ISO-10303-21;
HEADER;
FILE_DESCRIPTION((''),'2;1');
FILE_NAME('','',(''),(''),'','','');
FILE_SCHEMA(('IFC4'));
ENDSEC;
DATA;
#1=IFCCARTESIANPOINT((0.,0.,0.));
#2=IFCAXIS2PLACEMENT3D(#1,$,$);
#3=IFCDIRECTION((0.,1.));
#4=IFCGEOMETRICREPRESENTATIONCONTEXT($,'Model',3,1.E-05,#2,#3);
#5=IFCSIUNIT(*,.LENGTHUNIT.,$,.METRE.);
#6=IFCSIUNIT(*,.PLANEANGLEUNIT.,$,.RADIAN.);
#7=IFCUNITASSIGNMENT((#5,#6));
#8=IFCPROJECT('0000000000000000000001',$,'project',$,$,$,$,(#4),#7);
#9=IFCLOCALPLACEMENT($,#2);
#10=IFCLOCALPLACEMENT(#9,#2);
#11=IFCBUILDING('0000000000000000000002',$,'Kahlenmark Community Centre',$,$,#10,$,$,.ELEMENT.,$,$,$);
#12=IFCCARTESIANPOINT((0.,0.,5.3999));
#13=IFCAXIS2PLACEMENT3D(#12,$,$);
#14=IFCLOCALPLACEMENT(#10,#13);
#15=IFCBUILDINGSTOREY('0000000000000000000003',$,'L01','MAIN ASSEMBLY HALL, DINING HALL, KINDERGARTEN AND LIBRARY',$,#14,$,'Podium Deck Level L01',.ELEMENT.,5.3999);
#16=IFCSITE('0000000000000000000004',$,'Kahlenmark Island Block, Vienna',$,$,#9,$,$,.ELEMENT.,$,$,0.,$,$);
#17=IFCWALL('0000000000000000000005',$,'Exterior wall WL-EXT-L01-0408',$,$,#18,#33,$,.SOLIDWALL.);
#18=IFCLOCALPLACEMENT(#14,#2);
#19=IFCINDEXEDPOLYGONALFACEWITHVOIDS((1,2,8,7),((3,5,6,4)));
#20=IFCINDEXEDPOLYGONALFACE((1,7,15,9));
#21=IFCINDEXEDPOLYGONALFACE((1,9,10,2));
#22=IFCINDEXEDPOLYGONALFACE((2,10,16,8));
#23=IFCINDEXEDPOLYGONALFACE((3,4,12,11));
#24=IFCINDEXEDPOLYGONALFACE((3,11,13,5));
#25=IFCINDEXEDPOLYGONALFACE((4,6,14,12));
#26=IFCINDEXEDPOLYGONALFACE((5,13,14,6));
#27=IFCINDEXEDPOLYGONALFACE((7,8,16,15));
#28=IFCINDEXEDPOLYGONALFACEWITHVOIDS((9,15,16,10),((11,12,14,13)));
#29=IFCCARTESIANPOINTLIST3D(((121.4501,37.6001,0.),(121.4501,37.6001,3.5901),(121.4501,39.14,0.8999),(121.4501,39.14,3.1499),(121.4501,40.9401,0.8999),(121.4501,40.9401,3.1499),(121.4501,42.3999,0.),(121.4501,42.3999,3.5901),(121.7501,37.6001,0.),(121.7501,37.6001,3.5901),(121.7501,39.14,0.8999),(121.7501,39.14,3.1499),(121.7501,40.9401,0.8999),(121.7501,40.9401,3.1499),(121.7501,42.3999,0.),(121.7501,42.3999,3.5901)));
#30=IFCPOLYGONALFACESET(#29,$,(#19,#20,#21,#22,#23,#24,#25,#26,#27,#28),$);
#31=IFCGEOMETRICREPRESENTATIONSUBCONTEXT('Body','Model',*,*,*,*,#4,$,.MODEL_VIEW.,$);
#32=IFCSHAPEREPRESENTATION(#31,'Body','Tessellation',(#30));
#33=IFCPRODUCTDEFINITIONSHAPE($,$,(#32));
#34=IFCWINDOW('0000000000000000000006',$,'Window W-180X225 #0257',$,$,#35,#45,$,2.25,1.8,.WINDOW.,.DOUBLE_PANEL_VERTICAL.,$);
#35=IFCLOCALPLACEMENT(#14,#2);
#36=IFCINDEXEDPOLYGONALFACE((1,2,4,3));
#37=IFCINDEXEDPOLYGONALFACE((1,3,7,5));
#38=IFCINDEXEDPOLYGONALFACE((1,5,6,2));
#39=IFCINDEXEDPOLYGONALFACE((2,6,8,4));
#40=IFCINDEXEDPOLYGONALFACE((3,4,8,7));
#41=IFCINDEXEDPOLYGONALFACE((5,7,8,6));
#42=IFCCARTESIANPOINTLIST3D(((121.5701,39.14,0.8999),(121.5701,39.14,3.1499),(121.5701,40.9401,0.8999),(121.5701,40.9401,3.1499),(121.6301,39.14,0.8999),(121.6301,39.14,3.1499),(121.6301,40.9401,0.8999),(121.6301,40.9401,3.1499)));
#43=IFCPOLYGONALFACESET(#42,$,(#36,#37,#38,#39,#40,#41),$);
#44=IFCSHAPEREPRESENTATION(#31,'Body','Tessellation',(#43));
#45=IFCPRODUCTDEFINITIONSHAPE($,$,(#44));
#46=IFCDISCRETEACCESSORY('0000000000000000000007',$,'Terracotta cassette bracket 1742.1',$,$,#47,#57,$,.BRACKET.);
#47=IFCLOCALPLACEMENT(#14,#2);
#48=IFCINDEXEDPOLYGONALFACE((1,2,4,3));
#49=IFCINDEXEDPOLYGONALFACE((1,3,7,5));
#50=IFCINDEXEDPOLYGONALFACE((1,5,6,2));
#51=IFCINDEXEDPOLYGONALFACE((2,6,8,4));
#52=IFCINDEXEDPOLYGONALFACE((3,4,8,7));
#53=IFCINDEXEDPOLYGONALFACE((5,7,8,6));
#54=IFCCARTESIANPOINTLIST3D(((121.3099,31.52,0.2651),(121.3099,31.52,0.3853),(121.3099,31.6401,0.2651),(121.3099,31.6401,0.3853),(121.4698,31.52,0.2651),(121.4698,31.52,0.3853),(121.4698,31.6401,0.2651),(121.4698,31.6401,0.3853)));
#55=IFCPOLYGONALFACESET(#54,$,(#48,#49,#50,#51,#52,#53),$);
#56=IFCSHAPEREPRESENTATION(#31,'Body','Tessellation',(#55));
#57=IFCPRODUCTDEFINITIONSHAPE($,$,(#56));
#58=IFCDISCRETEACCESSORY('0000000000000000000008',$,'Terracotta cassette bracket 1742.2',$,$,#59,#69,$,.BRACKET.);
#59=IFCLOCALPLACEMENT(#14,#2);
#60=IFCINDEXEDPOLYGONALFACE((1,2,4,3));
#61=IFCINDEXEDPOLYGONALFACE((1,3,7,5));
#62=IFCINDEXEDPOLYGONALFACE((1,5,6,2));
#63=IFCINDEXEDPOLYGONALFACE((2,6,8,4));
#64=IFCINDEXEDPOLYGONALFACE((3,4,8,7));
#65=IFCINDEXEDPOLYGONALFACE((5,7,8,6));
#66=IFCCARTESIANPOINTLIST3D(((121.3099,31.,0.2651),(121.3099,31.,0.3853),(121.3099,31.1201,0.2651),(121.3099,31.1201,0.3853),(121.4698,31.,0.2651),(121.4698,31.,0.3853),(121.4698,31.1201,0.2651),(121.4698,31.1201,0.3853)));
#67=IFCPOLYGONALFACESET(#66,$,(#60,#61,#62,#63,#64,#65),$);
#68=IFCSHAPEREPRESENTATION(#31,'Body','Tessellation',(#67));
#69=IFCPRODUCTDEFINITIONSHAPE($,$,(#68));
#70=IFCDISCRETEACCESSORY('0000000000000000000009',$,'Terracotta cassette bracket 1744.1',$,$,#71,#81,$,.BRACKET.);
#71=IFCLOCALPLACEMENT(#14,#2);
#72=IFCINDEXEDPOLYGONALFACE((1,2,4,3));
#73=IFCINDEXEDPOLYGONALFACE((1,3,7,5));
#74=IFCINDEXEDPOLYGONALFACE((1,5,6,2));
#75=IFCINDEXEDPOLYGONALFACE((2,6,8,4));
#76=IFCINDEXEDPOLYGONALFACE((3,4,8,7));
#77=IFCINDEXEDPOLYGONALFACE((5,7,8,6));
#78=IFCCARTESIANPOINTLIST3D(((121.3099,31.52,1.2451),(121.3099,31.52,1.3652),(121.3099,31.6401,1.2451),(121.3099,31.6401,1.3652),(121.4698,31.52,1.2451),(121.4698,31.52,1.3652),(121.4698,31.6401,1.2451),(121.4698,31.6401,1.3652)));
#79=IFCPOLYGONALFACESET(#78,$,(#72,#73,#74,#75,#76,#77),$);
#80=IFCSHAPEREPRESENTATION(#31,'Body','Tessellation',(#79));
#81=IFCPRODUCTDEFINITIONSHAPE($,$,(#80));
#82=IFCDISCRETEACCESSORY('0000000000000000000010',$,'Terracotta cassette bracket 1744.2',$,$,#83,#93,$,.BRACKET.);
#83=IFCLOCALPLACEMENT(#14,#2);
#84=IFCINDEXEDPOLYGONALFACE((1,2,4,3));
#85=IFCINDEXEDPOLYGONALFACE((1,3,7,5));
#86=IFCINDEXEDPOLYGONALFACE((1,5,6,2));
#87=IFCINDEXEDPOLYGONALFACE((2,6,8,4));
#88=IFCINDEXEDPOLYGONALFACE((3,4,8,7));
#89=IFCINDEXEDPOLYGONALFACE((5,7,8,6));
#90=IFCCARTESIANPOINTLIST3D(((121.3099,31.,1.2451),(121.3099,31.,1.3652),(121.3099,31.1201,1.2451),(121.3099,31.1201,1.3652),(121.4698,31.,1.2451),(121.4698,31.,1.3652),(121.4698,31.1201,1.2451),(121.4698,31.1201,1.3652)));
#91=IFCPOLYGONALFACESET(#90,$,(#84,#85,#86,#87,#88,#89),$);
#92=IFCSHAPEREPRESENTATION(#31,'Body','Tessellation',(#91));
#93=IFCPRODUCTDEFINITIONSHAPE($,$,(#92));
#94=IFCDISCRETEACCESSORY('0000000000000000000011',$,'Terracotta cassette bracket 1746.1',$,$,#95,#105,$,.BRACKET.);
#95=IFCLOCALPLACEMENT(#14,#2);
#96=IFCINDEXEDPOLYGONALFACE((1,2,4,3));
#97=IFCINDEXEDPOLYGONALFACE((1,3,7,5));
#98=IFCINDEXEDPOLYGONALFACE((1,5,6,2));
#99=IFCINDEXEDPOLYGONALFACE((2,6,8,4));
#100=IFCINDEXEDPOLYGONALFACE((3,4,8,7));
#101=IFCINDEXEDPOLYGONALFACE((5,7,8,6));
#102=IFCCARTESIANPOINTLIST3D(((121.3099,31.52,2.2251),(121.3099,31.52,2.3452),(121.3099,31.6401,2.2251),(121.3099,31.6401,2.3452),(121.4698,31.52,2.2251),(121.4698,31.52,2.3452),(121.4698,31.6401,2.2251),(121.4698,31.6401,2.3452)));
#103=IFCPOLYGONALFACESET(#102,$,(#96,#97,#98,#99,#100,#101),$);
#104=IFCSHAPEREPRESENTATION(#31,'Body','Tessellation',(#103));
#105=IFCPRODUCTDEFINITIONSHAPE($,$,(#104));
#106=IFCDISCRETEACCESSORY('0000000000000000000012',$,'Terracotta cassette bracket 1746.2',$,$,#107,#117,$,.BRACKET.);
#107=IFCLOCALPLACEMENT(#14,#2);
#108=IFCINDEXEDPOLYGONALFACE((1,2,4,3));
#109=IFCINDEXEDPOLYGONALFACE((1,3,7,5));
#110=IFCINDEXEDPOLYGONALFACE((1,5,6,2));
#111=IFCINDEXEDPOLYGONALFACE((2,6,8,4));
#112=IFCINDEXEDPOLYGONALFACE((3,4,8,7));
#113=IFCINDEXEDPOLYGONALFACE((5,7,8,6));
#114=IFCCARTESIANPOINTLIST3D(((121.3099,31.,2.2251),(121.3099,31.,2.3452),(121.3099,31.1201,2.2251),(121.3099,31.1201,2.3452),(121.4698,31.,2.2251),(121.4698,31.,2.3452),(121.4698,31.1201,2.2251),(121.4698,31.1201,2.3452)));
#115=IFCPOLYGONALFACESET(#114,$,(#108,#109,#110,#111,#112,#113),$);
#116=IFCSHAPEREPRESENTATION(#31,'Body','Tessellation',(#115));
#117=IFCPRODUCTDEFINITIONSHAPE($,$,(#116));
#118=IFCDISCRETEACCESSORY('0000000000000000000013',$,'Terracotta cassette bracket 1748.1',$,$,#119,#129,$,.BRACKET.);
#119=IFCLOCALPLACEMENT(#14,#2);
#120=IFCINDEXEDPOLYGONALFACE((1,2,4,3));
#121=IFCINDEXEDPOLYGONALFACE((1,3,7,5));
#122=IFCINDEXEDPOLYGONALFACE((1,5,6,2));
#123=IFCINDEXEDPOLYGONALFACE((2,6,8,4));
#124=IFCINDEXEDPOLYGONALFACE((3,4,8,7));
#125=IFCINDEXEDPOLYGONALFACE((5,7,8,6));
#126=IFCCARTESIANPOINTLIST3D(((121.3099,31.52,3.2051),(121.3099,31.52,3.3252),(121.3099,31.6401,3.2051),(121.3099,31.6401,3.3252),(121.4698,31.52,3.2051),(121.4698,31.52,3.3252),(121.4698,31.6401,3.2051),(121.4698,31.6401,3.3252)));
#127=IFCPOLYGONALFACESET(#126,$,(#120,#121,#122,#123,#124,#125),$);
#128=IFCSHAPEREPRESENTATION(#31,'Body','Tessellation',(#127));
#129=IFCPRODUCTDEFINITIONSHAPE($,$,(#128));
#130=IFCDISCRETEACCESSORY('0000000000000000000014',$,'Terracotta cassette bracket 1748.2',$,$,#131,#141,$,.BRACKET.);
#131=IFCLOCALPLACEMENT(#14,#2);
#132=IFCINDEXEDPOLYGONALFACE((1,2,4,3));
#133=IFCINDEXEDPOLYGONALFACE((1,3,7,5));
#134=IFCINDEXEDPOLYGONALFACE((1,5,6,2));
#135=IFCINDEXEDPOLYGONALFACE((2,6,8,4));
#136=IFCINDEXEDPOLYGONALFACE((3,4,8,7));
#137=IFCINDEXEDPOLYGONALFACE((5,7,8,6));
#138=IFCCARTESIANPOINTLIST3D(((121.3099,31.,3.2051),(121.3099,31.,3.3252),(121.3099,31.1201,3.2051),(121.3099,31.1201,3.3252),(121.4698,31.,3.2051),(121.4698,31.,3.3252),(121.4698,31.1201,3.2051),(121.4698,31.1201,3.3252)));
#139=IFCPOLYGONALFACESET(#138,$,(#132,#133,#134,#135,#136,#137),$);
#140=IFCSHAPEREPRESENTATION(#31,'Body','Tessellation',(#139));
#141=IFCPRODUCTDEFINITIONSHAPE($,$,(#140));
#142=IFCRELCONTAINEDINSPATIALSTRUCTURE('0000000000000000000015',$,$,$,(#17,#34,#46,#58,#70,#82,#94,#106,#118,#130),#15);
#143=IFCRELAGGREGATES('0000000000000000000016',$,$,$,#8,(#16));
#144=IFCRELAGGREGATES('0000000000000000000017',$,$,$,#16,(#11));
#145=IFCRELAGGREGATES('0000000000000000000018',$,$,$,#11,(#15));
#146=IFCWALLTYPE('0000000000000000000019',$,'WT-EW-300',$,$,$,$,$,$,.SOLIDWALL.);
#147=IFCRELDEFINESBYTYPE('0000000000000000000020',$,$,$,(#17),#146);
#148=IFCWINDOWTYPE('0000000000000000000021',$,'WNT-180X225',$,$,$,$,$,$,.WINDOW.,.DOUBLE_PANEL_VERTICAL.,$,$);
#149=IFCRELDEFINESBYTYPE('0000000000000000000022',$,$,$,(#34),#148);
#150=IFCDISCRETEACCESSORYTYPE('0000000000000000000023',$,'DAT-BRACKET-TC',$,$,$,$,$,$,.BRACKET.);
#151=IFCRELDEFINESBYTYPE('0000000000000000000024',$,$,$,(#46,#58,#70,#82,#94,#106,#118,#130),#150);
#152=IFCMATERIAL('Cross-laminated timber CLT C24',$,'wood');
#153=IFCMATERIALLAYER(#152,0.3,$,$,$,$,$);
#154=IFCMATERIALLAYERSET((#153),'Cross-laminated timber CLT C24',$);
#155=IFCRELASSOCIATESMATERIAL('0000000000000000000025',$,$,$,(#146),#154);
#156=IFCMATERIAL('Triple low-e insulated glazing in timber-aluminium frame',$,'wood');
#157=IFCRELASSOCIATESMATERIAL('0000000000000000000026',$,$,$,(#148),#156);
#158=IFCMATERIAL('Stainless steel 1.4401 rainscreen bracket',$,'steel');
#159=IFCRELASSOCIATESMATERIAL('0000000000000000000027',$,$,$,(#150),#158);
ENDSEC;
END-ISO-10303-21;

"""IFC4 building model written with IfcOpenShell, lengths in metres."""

from ifc_helpers import new_model, si_unit, direction, frame, frame_2d, origin, origin_2d, place, context, subcontext, project, spatial, rectangle, extrude, material, layer, layer_set, type_object, element, fill, save


model = new_model("IFC4")

# Units and contexts
model_context = context("Model", 3, precision=1e-05, world=origin(), true_north=direction((0.0, 1.0)))
body_context = subcontext(model_context, "Body", "Model", "MODEL_VIEW")
ifc_project = project(units=[si_unit("LENGTHUNIT", "METRE"), si_unit("PLANEANGLEUNIT", "RADIAN")], contexts=[model_context])

# Site, building, storey
site_placement = place(None, origin())
site = spatial("IfcSite", under=ifc_project, at=site_placement, Name="Kahlenmark Island Block, Vienna", CompositionType="ELEMENT", RefElevation=0.0)
building_placement = place(site_placement, origin())
building = spatial("IfcBuilding", under=site, at=building_placement, Name="Kahlenmark Community Centre", CompositionType="ELEMENT")
storey_placement = place(building_placement, frame((0.0, 0.0, 5.3999)))
storey = spatial("IfcBuildingStorey", under=building, at=storey_placement, Name="L01", Description="MAIN ASSEMBLY HALL, DINING HALL, KINDERGARTEN AND LIBRARY", LongName="Podium Deck Level L01", CompositionType="ELEMENT", Elevation=5.3999)

# Shared definitions
ifc_material_1 = material(Name="Cross-laminated timber CLT C24", Category="wood")
ifc_layer_1 = layer(ifc_material_1, 0.3)
ifc_layer_set_1 = layer_set([ifc_layer_1], Name="Cross-laminated timber CLT C24")
wall_type = type_object("IfcWallType", Name="WT-EW-300", PredefinedType="SOLIDWALL", material=ifc_layer_set_1)
ifc_material_2 = material(Name="Triple low-e insulated glazing in timber-aluminium frame", Category="wood")
window_type = type_object("IfcWindowType", Name="WNT-180X225", PartitioningType="DOUBLE_PANEL_VERTICAL", PredefinedType="WINDOW", material=ifc_material_2)

# Wall, opening, window
wall_1_placement = place(storey_placement, frame((121.6001, 42.3999, 0.0), z_axis=(0.0, 0.0, 1.0), x_axis=(0.0, -1.0, 0.0)))
wall_1 = element("IfcWall", 1, at=wall_1_placement, inside=storey, type_object=wall_type, Name="Exterior wall WL-EXT-L01-0408", PredefinedType="SOLIDWALL", context=body_context, shape_type="SweptSolid", body=[
    extrude(rectangle(XDim=4.7998, YDim=0.3, at=frame_2d((2.3999, 0.0))), origin(), (0.0, 0.0, 1.0), 3.5901),
])
opening_1_placement = place(wall_1_placement, frame((1.46, 0.0, 0.8999)))
opening_1 = element("IfcOpeningElement", 2, at=opening_1_placement, cuts=wall_1, PredefinedType="OPENING", context=body_context, shape_type="SweptSolid", body=[
    extrude(rectangle(XDim=1.8, YDim=2.25, at=frame_2d((0.8999, 1.125))), frame((0.0, 0.1599, 0.0), z_axis=(0.0, -1.0, 0.0), x_axis=(1.0, 0.0, 0.0)), (0.0, 0.0, 1.0), 0.3201),
])
window_1_placement = place(opening_1_placement, origin())
window_1 = element("IfcWindow", 3, at=window_1_placement, inside=storey, type_object=window_type, Name="Window W-180X225 #0257", OverallHeight=2.25, OverallWidth=1.8, PartitioningType="DOUBLE_PANEL_VERTICAL", PredefinedType="WINDOW", context=body_context, shape_type="SweptSolid", body=[
    extrude(rectangle(XDim=1.8, YDim=2.25, at=frame_2d((0.8999, 1.125))), frame((0.0, 0.03, 0.0), z_axis=(0.0, -1.0, 0.0), x_axis=(1.0, 0.0, 0.0)), (0.0, 0.0, 1.0), 0.0601),
])
fill(opening_1, window_1)

# Discrete accessories
ifc_material_3 = material(Name="Stainless steel 1.4401 rainscreen bracket", Category="steel")
discrete_accessory_type = type_object("IfcDiscreteAccessoryType", Name="DAT-BRACKET-TC", PredefinedType="BRACKET", material=ifc_material_3)
for number, where, z_axis, x_axis, name in (
    (4, (121.3899, 31.5801, 0.2651), (0.0, 0.0, 1.0), (0.0, -1.0, 0.0), "Terracotta cassette bracket 1742.1"),
    (5, (121.3899, 31.0601, 0.2651), (0.0, 0.0, 1.0), (0.0, -1.0, 0.0), "Terracotta cassette bracket 1742.2"),
    (6, (121.3899, 31.5801, 1.2451), (0.0, 0.0, 1.0), (0.0, -1.0, 0.0), "Terracotta cassette bracket 1744.1"),
    (7, (121.3899, 31.0601, 1.2451), (0.0, 0.0, 1.0), (0.0, -1.0, 0.0), "Terracotta cassette bracket 1744.2"),
    (8, (121.3899, 31.5801, 2.2251), (0.0, 0.0, 1.0), (0.0, -1.0, 0.0), "Terracotta cassette bracket 1746.1"),
    (9, (121.3899, 31.0601, 2.2251), (0.0, 0.0, 1.0), (0.0, -1.0, 0.0), "Terracotta cassette bracket 1746.2"),
    (10, (121.3899, 31.5801, 3.2051), (0.0, 0.0, 1.0), (0.0, -1.0, 0.0), "Terracotta cassette bracket 1748.1"),
    (11, (121.3899, 31.0601, 3.2051), (0.0, 0.0, 1.0), (0.0, -1.0, 0.0), "Terracotta cassette bracket 1748.2"),
):
    element("IfcDiscreteAccessory", number, at=place(storey_placement, frame(where, z_axis=z_axis, x_axis=x_axis)), inside=storey, type_object=discrete_accessory_type, Name=name, PredefinedType="BRACKET", context=body_context, shape_type="SweptSolid", body=[
        extrude(rectangle(XDim=0.1201, YDim=0.1599, at=origin_2d()), origin(), (0.0, 0.0, 1.0), 0.1201),
    ])

save(model, "model.ifc")
